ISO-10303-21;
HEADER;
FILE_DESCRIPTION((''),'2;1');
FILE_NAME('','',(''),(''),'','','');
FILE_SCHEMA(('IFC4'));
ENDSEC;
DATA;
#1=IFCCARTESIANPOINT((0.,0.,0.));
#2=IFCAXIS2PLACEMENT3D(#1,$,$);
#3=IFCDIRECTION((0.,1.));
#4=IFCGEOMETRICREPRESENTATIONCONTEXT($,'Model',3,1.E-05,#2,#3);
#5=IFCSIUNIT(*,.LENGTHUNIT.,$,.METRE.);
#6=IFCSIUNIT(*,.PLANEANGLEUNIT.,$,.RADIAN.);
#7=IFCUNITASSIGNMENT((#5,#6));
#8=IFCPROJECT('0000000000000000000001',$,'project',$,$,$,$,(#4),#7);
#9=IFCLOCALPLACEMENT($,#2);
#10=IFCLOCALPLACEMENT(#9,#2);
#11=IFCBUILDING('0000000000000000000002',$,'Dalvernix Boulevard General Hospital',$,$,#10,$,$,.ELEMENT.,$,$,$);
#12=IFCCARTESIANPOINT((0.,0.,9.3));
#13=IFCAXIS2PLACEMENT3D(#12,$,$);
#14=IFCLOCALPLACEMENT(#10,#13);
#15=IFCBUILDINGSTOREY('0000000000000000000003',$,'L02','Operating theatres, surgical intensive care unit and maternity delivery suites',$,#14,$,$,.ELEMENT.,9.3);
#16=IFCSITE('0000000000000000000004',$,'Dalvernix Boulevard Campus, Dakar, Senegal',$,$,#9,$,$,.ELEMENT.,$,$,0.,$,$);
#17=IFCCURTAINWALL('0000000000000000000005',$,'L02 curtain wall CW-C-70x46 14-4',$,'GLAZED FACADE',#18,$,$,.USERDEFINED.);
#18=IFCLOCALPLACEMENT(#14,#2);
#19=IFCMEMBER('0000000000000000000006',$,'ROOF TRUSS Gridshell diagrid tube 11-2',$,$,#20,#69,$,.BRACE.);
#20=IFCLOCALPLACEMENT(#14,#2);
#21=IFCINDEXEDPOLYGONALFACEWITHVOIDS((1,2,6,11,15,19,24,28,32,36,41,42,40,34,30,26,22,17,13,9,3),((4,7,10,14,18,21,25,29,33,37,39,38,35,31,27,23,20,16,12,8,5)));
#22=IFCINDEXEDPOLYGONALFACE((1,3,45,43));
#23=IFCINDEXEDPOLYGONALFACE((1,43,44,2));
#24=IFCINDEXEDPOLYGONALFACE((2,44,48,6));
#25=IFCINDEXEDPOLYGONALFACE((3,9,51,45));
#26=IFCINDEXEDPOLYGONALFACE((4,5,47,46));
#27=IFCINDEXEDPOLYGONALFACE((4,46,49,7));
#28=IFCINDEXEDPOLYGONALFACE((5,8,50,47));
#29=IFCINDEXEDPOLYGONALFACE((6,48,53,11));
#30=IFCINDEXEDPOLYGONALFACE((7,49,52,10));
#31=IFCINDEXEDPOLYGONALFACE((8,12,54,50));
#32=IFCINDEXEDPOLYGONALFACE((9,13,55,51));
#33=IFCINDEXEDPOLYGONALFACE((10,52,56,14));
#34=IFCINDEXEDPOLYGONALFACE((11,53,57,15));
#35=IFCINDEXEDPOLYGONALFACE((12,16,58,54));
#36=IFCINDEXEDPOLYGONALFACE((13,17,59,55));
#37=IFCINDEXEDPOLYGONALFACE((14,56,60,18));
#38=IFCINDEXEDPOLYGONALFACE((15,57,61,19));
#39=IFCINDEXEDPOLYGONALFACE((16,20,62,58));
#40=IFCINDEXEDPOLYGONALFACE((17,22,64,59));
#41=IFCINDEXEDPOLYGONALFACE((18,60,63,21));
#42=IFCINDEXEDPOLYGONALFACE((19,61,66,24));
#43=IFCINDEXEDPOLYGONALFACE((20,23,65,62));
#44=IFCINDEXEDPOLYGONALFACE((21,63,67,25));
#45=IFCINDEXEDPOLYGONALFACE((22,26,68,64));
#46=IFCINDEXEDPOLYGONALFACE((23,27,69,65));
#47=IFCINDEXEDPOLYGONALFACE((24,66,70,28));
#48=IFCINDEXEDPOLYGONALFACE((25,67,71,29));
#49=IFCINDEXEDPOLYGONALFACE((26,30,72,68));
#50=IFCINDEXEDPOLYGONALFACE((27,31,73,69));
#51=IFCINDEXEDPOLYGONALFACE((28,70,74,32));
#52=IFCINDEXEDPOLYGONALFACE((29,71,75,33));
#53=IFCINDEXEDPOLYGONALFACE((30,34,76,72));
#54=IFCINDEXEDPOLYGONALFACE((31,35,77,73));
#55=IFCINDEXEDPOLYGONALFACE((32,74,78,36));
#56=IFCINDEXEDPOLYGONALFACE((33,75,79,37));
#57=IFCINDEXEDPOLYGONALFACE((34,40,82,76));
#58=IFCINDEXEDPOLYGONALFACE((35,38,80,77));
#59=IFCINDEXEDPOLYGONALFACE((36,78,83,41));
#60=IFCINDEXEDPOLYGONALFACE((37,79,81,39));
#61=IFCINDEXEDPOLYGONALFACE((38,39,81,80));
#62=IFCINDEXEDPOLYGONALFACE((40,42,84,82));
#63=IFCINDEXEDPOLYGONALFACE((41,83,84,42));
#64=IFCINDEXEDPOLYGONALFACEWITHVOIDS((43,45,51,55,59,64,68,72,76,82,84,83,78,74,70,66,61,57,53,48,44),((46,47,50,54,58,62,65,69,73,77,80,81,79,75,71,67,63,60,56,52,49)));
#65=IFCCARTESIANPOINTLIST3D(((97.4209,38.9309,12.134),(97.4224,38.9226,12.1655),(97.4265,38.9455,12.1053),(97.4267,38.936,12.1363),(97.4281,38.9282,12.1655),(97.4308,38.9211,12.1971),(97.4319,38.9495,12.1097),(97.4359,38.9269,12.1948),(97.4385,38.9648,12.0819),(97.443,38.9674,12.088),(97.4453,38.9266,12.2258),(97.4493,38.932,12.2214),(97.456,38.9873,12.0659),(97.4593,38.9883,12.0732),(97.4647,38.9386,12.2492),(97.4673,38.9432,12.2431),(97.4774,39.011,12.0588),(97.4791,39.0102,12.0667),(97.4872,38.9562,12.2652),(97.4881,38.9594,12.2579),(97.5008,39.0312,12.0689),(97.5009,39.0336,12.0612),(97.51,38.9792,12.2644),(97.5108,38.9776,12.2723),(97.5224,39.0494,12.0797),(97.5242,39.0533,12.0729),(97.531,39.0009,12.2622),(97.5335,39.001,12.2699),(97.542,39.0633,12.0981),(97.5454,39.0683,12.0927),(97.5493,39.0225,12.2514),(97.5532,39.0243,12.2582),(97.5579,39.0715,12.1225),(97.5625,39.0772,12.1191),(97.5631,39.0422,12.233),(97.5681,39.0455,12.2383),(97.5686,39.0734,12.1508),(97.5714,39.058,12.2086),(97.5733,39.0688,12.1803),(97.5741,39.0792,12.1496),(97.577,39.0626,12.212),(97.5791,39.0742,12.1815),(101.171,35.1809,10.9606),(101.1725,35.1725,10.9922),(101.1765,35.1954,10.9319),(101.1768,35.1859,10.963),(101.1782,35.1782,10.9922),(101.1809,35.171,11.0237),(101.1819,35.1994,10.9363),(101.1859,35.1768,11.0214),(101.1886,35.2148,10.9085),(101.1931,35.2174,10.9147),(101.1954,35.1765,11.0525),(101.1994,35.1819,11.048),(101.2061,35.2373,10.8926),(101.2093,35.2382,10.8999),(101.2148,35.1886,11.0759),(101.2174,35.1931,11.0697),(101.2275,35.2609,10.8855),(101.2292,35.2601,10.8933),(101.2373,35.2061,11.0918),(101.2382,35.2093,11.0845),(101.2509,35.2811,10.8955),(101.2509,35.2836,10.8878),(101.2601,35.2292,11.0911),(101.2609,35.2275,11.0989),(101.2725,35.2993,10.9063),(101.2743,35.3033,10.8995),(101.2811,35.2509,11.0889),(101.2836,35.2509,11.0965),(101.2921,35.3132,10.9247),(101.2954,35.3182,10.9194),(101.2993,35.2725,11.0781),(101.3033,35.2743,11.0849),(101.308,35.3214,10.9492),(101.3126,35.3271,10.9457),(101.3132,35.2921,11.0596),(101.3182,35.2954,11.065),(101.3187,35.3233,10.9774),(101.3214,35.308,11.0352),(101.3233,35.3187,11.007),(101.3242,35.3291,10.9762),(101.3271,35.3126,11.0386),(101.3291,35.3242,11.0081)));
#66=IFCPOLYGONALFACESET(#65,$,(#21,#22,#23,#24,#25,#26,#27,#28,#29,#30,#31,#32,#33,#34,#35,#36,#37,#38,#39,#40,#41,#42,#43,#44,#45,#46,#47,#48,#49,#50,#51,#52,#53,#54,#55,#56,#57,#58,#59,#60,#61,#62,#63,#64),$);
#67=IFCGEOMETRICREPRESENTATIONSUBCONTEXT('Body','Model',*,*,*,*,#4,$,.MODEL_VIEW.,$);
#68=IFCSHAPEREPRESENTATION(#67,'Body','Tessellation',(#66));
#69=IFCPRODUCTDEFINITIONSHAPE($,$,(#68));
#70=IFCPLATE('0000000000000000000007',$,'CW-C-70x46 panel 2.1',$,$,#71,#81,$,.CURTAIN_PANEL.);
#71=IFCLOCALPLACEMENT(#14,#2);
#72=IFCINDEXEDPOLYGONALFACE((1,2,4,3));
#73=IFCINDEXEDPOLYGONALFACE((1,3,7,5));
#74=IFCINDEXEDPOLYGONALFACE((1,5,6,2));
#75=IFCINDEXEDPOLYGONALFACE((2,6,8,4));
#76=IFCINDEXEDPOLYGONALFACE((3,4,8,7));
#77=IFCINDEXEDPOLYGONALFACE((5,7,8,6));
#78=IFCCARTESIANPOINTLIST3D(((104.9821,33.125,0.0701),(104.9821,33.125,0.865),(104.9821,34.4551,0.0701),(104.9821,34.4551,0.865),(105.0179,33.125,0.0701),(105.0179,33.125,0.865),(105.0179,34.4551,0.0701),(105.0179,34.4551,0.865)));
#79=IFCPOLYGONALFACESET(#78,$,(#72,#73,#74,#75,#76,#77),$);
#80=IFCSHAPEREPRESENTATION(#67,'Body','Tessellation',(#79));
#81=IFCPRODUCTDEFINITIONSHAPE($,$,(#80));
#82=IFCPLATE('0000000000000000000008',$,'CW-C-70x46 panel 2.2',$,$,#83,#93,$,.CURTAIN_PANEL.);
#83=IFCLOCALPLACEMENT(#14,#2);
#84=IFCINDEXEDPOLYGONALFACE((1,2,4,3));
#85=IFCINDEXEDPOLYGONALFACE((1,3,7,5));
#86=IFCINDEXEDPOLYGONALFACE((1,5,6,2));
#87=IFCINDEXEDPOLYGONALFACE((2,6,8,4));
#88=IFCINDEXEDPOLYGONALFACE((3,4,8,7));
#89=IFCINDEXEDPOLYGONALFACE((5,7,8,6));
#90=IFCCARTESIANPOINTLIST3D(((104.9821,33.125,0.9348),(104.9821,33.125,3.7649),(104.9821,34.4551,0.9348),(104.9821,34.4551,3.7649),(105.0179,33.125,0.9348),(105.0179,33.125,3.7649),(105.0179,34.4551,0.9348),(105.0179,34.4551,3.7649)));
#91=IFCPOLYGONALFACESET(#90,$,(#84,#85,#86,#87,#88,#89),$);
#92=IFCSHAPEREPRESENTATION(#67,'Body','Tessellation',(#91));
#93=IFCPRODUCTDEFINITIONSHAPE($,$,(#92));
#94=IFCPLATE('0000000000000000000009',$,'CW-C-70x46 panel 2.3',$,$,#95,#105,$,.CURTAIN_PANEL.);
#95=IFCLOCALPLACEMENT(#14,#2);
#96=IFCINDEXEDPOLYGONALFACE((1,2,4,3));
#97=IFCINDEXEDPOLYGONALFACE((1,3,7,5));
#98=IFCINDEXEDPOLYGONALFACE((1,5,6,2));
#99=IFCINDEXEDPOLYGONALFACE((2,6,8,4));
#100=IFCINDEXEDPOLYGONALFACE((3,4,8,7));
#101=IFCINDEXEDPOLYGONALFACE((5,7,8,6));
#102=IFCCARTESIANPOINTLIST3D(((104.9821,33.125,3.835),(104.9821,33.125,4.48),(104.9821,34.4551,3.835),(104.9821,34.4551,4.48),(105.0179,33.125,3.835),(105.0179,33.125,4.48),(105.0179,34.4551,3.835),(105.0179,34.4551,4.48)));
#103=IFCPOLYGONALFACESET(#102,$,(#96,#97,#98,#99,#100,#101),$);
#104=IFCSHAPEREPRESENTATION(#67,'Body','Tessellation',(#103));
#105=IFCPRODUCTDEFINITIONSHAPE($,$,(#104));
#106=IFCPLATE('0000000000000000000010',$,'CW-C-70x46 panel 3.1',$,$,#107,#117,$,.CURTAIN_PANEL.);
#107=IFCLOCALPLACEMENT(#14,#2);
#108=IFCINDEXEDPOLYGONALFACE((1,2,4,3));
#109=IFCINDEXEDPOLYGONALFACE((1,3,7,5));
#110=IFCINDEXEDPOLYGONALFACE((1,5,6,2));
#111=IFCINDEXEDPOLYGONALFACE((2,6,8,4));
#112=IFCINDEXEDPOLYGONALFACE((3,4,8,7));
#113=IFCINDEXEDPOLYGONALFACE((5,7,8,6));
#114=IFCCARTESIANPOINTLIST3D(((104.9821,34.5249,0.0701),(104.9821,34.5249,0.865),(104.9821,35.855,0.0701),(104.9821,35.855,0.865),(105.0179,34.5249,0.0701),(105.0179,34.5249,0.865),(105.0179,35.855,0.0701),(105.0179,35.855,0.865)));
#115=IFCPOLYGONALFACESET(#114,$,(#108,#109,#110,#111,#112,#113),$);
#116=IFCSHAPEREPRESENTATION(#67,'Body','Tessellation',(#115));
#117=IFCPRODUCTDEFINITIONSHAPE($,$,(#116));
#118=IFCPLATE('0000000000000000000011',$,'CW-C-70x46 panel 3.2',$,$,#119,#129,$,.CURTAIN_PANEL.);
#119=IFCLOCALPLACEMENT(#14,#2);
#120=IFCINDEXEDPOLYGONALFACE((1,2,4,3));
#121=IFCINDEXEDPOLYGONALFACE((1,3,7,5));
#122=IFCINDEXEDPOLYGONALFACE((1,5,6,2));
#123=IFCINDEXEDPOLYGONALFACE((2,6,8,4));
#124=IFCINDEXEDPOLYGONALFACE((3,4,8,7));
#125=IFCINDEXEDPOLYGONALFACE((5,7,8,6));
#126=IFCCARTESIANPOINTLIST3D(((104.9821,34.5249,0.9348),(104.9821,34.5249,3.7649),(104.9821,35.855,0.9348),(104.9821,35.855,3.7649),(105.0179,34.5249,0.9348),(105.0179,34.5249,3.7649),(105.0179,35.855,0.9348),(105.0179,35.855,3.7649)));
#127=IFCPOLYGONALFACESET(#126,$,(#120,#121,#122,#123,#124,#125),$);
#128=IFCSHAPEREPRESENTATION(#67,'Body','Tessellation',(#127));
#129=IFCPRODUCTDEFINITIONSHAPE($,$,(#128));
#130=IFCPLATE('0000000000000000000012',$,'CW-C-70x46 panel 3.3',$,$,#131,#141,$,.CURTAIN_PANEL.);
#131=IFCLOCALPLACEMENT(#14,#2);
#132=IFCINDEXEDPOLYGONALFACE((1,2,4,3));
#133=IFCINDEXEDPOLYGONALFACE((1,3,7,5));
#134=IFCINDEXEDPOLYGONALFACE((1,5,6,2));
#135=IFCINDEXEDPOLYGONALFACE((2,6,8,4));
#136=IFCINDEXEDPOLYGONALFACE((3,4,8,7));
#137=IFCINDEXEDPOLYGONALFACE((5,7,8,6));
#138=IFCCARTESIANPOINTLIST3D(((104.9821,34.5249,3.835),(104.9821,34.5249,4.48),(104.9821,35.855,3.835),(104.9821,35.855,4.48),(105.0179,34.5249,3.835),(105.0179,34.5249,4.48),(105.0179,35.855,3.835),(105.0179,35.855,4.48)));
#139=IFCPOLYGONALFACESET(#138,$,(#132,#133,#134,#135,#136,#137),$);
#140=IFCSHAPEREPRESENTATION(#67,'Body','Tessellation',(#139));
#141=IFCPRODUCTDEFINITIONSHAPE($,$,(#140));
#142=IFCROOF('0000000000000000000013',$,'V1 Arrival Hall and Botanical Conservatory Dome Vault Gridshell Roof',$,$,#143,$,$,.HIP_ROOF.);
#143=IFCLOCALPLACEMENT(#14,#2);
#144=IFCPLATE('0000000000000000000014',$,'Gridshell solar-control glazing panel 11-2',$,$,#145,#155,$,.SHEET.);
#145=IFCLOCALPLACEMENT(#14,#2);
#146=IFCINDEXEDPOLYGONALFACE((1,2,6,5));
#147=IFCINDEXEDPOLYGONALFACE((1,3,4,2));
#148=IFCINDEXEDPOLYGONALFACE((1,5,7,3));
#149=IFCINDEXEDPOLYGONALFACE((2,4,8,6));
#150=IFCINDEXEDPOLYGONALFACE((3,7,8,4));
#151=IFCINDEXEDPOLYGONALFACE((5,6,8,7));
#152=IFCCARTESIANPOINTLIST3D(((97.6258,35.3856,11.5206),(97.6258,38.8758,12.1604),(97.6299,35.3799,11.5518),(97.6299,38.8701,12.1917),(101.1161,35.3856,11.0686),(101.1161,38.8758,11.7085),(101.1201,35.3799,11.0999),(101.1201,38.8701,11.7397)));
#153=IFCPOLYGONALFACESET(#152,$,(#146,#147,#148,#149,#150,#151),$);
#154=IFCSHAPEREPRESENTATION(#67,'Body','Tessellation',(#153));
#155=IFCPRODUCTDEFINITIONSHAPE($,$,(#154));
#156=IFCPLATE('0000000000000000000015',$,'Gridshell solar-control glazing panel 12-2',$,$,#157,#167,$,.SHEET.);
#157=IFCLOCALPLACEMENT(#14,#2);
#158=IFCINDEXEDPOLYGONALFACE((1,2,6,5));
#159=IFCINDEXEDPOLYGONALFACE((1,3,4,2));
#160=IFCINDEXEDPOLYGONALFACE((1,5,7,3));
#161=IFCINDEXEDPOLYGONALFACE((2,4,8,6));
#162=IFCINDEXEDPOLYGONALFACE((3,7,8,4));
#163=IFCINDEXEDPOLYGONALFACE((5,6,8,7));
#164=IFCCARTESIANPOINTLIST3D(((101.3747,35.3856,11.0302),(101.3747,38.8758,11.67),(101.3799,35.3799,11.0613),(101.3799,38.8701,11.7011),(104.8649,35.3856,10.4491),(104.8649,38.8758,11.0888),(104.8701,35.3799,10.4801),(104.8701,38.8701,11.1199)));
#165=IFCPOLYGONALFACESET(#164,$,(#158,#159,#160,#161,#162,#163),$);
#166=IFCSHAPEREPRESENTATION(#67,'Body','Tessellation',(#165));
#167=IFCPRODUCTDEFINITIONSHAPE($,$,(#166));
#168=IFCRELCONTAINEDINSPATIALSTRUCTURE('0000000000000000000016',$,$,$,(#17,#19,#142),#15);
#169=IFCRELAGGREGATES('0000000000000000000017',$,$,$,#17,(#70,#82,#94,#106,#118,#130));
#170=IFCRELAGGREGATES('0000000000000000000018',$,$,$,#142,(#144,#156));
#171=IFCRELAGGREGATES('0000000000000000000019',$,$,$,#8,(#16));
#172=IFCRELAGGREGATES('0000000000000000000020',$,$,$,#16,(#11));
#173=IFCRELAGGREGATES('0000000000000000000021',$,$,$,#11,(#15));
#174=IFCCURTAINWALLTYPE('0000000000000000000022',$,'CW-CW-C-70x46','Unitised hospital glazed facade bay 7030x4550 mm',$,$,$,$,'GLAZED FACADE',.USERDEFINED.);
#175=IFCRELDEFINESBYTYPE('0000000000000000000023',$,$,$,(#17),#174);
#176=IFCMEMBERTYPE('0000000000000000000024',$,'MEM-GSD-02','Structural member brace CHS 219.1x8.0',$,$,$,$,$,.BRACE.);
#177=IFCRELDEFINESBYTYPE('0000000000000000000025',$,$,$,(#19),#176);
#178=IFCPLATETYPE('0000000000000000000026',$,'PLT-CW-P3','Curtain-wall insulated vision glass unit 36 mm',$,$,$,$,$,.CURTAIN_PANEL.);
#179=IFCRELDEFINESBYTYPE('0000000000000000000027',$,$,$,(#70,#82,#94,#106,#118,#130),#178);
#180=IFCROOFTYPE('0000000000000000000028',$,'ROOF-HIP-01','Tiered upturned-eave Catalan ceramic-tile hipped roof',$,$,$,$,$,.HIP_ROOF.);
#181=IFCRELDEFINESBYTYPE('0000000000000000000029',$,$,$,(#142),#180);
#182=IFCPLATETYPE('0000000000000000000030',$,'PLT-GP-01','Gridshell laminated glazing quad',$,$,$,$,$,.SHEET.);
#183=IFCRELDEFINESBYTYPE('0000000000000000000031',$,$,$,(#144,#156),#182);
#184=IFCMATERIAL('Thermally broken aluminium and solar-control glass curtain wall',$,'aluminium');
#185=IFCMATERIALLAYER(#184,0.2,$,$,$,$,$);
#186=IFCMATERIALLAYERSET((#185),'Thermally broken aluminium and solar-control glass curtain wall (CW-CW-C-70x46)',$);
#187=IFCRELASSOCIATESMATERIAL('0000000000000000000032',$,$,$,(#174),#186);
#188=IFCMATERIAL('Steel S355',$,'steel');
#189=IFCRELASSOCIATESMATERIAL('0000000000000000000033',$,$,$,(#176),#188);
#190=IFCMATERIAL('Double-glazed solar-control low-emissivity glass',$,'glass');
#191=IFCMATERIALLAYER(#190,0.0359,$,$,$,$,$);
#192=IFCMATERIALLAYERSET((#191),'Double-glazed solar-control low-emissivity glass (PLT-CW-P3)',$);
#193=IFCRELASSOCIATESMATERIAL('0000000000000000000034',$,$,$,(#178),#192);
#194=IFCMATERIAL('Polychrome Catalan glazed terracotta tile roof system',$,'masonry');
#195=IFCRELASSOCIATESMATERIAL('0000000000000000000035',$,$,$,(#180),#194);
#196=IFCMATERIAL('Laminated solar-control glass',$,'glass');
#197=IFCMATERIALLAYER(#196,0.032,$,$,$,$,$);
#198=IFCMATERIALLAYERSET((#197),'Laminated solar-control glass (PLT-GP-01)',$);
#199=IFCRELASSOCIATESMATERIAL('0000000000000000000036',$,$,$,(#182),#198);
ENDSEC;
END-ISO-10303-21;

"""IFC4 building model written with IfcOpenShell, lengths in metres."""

from ifc_helpers import new_model, si_unit, direction, frame, origin, origin_2d, place, context, subcontext, project, spatial, polyline, rectangle, hollow_circle, outline, extrude, material, layer, layer_set, material_profile, profile_set, type_object, element, aggregate, save


model = new_model("IFC4")

# Units and contexts
model_context = context("Model", 3, precision=1e-05, world=origin(), true_north=direction((0.0, 1.0)))
body_context = subcontext(model_context, "Body", "Model", "MODEL_VIEW")
ifc_project = project(units=[si_unit("LENGTHUNIT", "METRE"), si_unit("PLANEANGLEUNIT", "RADIAN")], contexts=[model_context])

# Site, building, storey
site_placement = place(None, origin())
site = spatial("IfcSite", under=ifc_project, at=site_placement, Name="Dalvernix Boulevard Campus, Dakar, Senegal", CompositionType="ELEMENT", RefElevation=0.0)
building_placement = place(site_placement, origin())
building = spatial("IfcBuilding", under=site, at=building_placement, Name="Dalvernix Boulevard General Hospital", CompositionType="ELEMENT")
storey_placement = place(building_placement, frame((0.0, 0.0, 9.3)))
storey = spatial("IfcBuildingStorey", under=building, at=storey_placement, Name="L02", Description="Operating theatres, surgical intensive care unit and maternity delivery suites", CompositionType="ELEMENT", Elevation=9.3)

# Shared definitions
ifc_material_1 = material(Name="Steel S355", Category="steel")

# Curtain wall
ifc_material_2 = material(Name="Thermally broken aluminium and solar-control glass curtain wall", Category="aluminium")
ifc_layer_1 = layer(ifc_material_2, 0.2)
ifc_layer_set_1 = layer_set([ifc_layer_1], Name="Thermally broken aluminium and solar-control glass curtain wall (CW-CW-C-70x46)")
curtain_wall_type = type_object("IfcCurtainWallType", Name="CW-CW-C-70x46", Description="Unitised hospital glazed facade bay 7030x4550 mm", ElementType="GLAZED FACADE", PredefinedType="USERDEFINED", material=ifc_layer_set_1)
curtain_wall_placement = place(storey_placement, origin())
curtain_wall = element("IfcCurtainWall", 1, at=curtain_wall_placement, inside=storey, type_object=curtain_wall_type, Name="L02 curtain wall CW-C-70x46 14-4", ObjectType="GLAZED FACADE", PredefinedType="USERDEFINED")

# Member
ifc_material_profile_1 = material_profile(ifc_material_1, hollow_circle(Radius=0.1096, WallThickness=0.0081, at=origin_2d()), Name="CHS 219.1x8.0")
ifc_profile_set_1 = profile_set([ifc_material_profile_1], Name="Steel S355")
member_type_1 = type_object("IfcMemberType", Name="MEM-GSD-02", Description="Structural member brace CHS 219.1x8.0", PredefinedType="BRACE", material=ifc_profile_set_1)
member_1_placement = place(storey_placement, frame((101.25, 35.25, 10.9922), z_axis=(-0.690411, 0.690411, 0.216023), x_axis=(-0.707107, -0.707107, 0.0)))
element("IfcMember", 2, at=member_1_placement, inside=storey, type_object=member_type_1, Name="ROOF TRUSS Gridshell diagrid tube 11-2", PredefinedType="BRACE", context=body_context, shape_type="SweptSolid", body=[
    extrude(hollow_circle(Radius=0.1096, WallThickness=0.0081, at=origin_2d()), origin(), (0.0, 0.0, 1.0), 5.4316),
])

# Plates
ifc_material_3 = material(Name="Double-glazed solar-control low-emissivity glass", Category="glass")
ifc_layer_2 = layer(ifc_material_3, 0.0359)
ifc_layer_set_2 = layer_set([ifc_layer_2], Name="Double-glazed solar-control low-emissivity glass (PLT-CW-P3)")
plate_type_1 = type_object("IfcPlateType", Name="PLT-CW-P3", Description="Curtain-wall insulated vision glass unit 36 mm", PredefinedType="CURTAIN_PANEL", material=ifc_layer_set_2)
plate_1_placement = place(storey_placement, frame((105.0, 33.79, 0.0701), z_axis=(0.0, 0.0, 1.0), x_axis=(0.0, 1.0, 0.0)))
plate_1 = element("IfcPlate", 3, at=plate_1_placement, type_object=plate_type_1, Name="CW-C-70x46 panel 2.1", PredefinedType="CURTAIN_PANEL", context=body_context, shape_type="SweptSolid", body=[
    extrude(rectangle(XDim=1.3301, YDim=0.0359, at=origin_2d()), origin(), (0.0, 0.0, 1.0), 0.7949),
])
plate_2_placement = place(storey_placement, frame((105.0, 33.79, 0.9348), z_axis=(0.0, 0.0, 1.0), x_axis=(0.0, 1.0, 0.0)))
plate_2 = element("IfcPlate", 4, at=plate_2_placement, type_object=plate_type_1, Name="CW-C-70x46 panel 2.2", PredefinedType="CURTAIN_PANEL", context=body_context, shape_type="SweptSolid", body=[
    extrude(rectangle(XDim=1.3301, YDim=0.0359, at=origin_2d()), origin(), (0.0, 0.0, 1.0), 2.8301),
])
plate_3_placement = place(storey_placement, frame((105.0, 33.79, 3.835), z_axis=(0.0, 0.0, 1.0), x_axis=(0.0, 1.0, 0.0)))
plate_3 = element("IfcPlate", 5, at=plate_3_placement, type_object=plate_type_1, Name="CW-C-70x46 panel 2.3", PredefinedType="CURTAIN_PANEL", context=body_context, shape_type="SweptSolid", body=[
    extrude(rectangle(XDim=1.3301, YDim=0.0359, at=origin_2d()), origin(), (0.0, 0.0, 1.0), 0.645),
])
plate_4_placement = place(storey_placement, frame((105.0, 35.1899, 0.0701), z_axis=(0.0, 0.0, 1.0), x_axis=(0.0, 1.0, 0.0)))
plate_4 = element("IfcPlate", 6, at=plate_4_placement, type_object=plate_type_1, Name="CW-C-70x46 panel 3.1", PredefinedType="CURTAIN_PANEL", context=body_context, shape_type="SweptSolid", body=[
    extrude(rectangle(XDim=1.3301, YDim=0.0359, at=origin_2d()), origin(), (0.0, 0.0, 1.0), 0.7949),
])
plate_5_placement = place(storey_placement, frame((105.0, 35.1899, 0.9348), z_axis=(0.0, 0.0, 1.0), x_axis=(0.0, 1.0, 0.0)))
plate_5 = element("IfcPlate", 7, at=plate_5_placement, type_object=plate_type_1, Name="CW-C-70x46 panel 3.2", PredefinedType="CURTAIN_PANEL", context=body_context, shape_type="SweptSolid", body=[
    extrude(rectangle(XDim=1.3301, YDim=0.0359, at=origin_2d()), origin(), (0.0, 0.0, 1.0), 2.8301),
])
plate_6_placement = place(storey_placement, frame((105.0, 35.1899, 3.835), z_axis=(0.0, 0.0, 1.0), x_axis=(0.0, 1.0, 0.0)))
plate_6 = element("IfcPlate", 8, at=plate_6_placement, type_object=plate_type_1, Name="CW-C-70x46 panel 3.3", PredefinedType="CURTAIN_PANEL", context=body_context, shape_type="SweptSolid", body=[
    extrude(rectangle(XDim=1.3301, YDim=0.0359, at=origin_2d()), origin(), (0.0, 0.0, 1.0), 0.645),
])
aggregate(curtain_wall, [plate_1, plate_2, plate_3, plate_4, plate_5, plate_6])

# Roof, plates
ifc_material_4 = material(Name="Polychrome Catalan glazed terracotta tile roof system", Category="masonry")
roof_type = type_object("IfcRoofType", Name="ROOF-HIP-01", Description="Tiered upturned-eave Catalan ceramic-tile hipped roof", PredefinedType="HIP_ROOF", material=ifc_material_4)
roof_placement = place(storey_placement, origin())
roof = element("IfcRoof", 9, at=roof_placement, inside=storey, type_object=roof_type, Name="V1 Arrival Hall and Botanical Conservatory Dome Vault Gridshell Roof", PredefinedType="HIP_ROOF")
ifc_material_5 = material(Name="Laminated solar-control glass", Category="glass")
ifc_layer_3 = layer(ifc_material_5, 0.032)
ifc_layer_set_3 = layer_set([ifc_layer_3], Name="Laminated solar-control glass (PLT-GP-01)")
plate_type_2 = type_object("IfcPlateType", Name="PLT-GP-01", Description="Gridshell laminated glazing quad", PredefinedType="SHEET", material=ifc_layer_set_3)
plate_7_placement = place(storey_placement, frame((97.6299, 35.3799, 11.5518), z_axis=(0.126334, -0.178887, 0.975725), x_axis=(0.991722, 0.0, -0.128405)))
plate_7 = element("IfcPlate", 10, at=plate_7_placement, type_object=plate_type_2, Name="Gridshell solar-control glazing panel 11-2", PredefinedType="SHEET", context=body_context, shape_type="SweptSolid", body=[
    extrude(outline(polyline([(0.0, 0.0), (3.5194, 0.0), (3.4372, 3.5475), (-0.0822, 3.5475), (0.0, 0.0)])), origin(), (0.0, 0.0, -1.0), 0.032),
])
plate_8_placement = place(storey_placement, frame((101.3799, 35.3799, 11.0613), z_axis=(0.161633, -0.177928, 0.970678), x_axis=(0.986418, 0.000006, -0.164252)))
plate_8 = element("IfcPlate", 11, at=plate_8_placement, type_object=plate_type_2, Name="Gridshell solar-control glazing panel 12-2", PredefinedType="SHEET", context=body_context, shape_type="SweptSolid", body=[
    extrude(outline(polyline([(0.0, 0.0), (3.5383, 0.0), (3.4332, 3.5468), (-0.1051, 3.5469), (0.0, 0.0)])), origin(), (0.0, 0.0, -1.0), 0.032),
])
aggregate(roof, [plate_7, plate_8])

save(model, "model.ifc")
